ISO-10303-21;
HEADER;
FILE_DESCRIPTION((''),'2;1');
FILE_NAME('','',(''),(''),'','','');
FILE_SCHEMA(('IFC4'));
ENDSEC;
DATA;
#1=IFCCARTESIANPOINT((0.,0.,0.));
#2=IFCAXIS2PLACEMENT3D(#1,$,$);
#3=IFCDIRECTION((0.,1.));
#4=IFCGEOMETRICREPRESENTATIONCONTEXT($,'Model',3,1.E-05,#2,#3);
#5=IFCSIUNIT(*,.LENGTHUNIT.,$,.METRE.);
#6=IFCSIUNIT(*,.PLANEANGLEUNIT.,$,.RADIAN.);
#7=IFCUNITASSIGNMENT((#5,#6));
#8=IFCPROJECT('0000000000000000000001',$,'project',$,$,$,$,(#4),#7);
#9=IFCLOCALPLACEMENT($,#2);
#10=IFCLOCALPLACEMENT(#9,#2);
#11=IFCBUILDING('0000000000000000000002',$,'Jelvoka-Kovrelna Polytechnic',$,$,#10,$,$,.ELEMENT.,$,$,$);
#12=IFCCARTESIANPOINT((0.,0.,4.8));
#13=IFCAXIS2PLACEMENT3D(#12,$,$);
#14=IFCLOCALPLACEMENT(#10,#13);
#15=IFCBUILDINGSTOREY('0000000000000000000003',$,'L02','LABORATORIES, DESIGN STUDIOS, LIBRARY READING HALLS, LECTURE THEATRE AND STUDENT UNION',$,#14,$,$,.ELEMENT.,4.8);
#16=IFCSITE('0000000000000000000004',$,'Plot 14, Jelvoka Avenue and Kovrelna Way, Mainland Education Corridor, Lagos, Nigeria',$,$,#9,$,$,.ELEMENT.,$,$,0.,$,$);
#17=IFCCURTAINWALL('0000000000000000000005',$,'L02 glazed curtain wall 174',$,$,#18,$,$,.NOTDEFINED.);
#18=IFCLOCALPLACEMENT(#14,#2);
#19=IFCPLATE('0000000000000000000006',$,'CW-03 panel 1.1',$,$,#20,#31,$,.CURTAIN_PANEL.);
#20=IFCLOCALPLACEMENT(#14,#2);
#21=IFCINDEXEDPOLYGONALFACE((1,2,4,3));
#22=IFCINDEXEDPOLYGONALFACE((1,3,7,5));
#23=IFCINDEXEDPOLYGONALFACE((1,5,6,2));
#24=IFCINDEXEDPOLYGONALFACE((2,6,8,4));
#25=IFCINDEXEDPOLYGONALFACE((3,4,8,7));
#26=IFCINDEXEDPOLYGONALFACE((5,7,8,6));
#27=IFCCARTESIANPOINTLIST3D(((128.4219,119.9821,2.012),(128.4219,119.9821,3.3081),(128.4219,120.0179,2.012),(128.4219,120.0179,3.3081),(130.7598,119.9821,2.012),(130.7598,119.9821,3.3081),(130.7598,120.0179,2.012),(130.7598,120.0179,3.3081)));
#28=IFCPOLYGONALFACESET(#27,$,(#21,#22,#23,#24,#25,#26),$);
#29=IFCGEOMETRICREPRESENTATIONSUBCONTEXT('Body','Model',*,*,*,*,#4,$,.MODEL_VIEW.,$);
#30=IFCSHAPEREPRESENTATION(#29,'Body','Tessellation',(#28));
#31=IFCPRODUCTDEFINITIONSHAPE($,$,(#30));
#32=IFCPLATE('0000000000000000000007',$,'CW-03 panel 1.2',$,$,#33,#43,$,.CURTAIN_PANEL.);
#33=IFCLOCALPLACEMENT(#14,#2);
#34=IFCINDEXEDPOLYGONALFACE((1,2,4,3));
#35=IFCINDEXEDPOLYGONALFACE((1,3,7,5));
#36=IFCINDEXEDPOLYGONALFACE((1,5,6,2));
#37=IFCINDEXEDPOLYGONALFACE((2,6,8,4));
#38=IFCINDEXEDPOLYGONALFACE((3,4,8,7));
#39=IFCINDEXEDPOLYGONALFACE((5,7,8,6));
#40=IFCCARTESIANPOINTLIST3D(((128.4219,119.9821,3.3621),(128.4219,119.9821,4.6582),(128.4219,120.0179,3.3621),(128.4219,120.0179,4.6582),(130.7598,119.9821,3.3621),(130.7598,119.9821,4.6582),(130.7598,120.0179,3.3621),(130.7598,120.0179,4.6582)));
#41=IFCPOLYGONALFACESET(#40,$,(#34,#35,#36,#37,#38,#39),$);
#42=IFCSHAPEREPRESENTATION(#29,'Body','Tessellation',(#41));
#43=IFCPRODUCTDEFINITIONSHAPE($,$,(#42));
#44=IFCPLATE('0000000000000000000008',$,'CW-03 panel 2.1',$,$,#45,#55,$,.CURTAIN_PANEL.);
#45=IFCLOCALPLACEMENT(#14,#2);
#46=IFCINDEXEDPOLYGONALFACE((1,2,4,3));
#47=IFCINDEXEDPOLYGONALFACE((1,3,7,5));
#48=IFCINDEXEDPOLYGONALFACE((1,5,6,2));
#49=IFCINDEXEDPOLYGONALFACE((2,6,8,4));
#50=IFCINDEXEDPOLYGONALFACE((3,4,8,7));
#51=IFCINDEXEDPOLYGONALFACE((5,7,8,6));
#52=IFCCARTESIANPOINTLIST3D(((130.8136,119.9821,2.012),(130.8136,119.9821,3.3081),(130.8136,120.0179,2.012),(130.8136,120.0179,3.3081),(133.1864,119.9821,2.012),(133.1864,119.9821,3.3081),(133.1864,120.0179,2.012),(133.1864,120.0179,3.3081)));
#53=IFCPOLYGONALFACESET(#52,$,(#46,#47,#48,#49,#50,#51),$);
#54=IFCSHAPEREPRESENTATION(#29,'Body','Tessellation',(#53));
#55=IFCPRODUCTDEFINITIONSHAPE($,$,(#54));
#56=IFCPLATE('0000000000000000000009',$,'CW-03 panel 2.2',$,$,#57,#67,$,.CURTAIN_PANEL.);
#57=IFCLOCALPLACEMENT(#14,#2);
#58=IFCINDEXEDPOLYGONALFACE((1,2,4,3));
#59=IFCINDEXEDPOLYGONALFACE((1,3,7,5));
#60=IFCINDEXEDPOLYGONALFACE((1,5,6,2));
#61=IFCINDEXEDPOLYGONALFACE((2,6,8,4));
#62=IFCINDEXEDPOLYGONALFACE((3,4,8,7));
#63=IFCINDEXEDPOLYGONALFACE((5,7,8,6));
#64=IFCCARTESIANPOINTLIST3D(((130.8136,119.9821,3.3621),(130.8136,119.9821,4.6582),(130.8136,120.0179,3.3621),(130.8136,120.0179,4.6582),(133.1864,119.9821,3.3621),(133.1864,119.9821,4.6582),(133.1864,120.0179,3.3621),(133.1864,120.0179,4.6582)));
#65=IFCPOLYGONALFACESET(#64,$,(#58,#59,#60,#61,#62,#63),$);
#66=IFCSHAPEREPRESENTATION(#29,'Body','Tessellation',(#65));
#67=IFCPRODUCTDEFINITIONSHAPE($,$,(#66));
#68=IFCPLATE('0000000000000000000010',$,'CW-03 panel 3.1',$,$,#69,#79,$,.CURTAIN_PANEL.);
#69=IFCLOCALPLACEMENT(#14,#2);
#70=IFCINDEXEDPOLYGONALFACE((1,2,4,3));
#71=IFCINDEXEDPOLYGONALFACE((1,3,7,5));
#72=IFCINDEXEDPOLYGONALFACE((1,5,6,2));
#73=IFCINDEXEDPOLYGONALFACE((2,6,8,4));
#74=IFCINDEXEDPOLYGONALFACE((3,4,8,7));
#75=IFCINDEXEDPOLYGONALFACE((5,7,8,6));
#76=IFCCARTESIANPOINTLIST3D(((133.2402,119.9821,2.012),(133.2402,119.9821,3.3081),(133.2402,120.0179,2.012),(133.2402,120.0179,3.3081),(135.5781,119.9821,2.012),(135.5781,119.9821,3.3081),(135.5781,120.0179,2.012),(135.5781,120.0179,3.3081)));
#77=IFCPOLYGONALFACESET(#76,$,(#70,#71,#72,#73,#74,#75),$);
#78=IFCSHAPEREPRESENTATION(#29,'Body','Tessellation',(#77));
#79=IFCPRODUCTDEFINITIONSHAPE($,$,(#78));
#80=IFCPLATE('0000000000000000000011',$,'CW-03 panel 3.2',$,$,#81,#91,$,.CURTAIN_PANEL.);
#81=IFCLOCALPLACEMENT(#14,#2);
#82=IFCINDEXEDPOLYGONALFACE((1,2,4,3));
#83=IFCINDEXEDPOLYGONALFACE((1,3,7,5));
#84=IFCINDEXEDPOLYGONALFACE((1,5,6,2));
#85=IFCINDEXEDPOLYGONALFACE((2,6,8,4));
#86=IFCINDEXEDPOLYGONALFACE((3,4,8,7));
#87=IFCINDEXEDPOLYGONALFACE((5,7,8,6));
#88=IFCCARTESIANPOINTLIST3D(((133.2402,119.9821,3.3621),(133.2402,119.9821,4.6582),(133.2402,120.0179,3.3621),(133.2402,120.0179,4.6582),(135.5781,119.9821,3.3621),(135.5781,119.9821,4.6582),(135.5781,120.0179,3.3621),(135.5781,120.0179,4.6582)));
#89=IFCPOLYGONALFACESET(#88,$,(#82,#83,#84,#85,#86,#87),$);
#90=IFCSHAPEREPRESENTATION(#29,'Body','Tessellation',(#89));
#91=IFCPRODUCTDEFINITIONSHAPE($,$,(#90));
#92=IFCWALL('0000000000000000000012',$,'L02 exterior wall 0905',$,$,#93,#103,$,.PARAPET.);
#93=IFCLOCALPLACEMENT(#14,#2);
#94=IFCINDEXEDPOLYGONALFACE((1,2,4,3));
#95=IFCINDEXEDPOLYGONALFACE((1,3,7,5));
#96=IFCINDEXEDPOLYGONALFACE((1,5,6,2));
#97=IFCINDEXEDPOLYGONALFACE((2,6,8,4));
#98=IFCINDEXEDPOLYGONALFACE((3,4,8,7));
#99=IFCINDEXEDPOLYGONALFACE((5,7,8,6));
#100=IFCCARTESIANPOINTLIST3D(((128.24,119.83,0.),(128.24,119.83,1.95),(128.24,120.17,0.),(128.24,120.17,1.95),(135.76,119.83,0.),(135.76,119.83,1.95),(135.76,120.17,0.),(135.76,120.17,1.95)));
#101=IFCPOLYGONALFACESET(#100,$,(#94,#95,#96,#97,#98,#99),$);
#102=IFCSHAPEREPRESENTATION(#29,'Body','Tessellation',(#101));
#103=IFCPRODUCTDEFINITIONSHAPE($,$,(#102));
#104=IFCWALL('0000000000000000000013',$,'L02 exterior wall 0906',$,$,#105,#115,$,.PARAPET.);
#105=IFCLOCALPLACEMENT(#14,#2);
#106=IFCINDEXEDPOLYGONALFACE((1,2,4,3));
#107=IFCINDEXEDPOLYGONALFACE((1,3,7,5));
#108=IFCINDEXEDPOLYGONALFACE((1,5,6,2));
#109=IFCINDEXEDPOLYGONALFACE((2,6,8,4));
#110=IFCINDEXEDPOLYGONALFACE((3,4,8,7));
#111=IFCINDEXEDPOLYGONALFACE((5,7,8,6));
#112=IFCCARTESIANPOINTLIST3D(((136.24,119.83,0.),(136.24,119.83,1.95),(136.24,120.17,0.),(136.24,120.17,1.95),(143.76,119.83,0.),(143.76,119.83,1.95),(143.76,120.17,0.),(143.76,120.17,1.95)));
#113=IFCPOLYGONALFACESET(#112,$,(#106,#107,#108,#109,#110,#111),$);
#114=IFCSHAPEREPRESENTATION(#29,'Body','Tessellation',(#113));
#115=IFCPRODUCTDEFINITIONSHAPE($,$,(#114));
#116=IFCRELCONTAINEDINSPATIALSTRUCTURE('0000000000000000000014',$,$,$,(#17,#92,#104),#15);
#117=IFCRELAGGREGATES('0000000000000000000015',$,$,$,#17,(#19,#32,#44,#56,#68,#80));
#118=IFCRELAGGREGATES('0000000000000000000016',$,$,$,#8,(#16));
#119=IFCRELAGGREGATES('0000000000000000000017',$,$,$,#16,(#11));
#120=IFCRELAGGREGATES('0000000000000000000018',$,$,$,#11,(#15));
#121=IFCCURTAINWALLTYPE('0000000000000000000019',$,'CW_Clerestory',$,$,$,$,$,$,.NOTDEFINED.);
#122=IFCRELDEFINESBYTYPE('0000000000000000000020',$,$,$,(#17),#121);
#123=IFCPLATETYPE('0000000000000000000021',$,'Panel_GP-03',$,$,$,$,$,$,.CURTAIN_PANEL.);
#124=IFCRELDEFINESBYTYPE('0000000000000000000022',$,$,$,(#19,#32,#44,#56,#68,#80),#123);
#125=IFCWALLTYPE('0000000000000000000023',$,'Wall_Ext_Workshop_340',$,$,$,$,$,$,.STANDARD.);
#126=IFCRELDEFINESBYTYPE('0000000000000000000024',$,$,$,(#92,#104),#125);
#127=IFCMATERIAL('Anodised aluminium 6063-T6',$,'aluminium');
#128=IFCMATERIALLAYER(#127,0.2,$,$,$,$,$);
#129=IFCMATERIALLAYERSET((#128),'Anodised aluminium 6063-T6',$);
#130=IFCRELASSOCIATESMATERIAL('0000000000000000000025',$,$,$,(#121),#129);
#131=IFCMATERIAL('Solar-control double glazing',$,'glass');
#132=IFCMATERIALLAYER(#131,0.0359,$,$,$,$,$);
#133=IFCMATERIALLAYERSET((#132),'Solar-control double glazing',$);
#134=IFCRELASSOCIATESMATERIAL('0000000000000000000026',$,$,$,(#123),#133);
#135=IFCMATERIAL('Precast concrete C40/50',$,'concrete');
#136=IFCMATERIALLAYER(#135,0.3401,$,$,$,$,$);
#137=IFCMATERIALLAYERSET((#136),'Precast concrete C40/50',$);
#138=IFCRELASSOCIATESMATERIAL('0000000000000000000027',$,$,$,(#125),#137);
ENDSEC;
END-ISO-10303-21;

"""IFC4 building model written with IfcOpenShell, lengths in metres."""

from ifc_helpers import new_model, si_unit, direction, frame, frame_2d, origin, origin_2d, place, context, subcontext, project, spatial, rectangle, extrude, material, layer, layer_set, type_object, element, aggregate, save


model = new_model("IFC4")

# Units and contexts
model_context = context("Model", 3, precision=1e-05, world=origin(), true_north=direction((0.0, 1.0)))
body_context = subcontext(model_context, "Body", "Model", "MODEL_VIEW")
ifc_project = project(units=[si_unit("LENGTHUNIT", "METRE"), si_unit("PLANEANGLEUNIT", "RADIAN")], contexts=[model_context])

# Site, building, storey
site_placement = place(None, origin())
site = spatial("IfcSite", under=ifc_project, at=site_placement, Name="Plot 14, Jelvoka Avenue and Kovrelna Way, Mainland Education Corridor, Lagos, Nigeria", CompositionType="ELEMENT", RefElevation=0.0)
building_placement = place(site_placement, origin())
building = spatial("IfcBuilding", under=site, at=building_placement, Name="Jelvoka-Kovrelna Polytechnic", CompositionType="ELEMENT")
storey_placement = place(building_placement, frame((0.0, 0.0, 4.8)))
storey = spatial("IfcBuildingStorey", under=building, at=storey_placement, Name="L02", Description="LABORATORIES, DESIGN STUDIOS, LIBRARY READING HALLS, LECTURE THEATRE AND STUDENT UNION", CompositionType="ELEMENT", Elevation=4.8)

# Curtain wall
ifc_material_1 = material(Name="Anodised aluminium 6063-T6", Category="aluminium")
ifc_layer_1 = layer(ifc_material_1, 0.2)
ifc_layer_set_1 = layer_set([ifc_layer_1], Name="Anodised aluminium 6063-T6")
curtain_wall_type = type_object("IfcCurtainWallType", Name="CW_Clerestory", PredefinedType="NOTDEFINED", material=ifc_layer_set_1)
curtain_wall_1_placement = place(storey_placement, origin())
curtain_wall_1 = element("IfcCurtainWall", 1, at=curtain_wall_1_placement, inside=storey, type_object=curtain_wall_type, Name="L02 glazed curtain wall 174", PredefinedType="NOTDEFINED")

# Plates
ifc_material_2 = material(Name="Solar-control double glazing", Category="glass")
ifc_layer_2 = layer(ifc_material_2, 0.0359)
ifc_layer_set_2 = layer_set([ifc_layer_2], Name="Solar-control double glazing")
plate_type = type_object("IfcPlateType", Name="Panel_GP-03", PredefinedType="CURTAIN_PANEL", material=ifc_layer_set_2)
plate_1_placement = place(storey_placement, frame((129.5908, 120.0, 2.012), z_axis=(0.0, 0.0, 1.0), x_axis=(1.0, 0.0, 0.0)))
plate_1 = element("IfcPlate", 2, at=plate_1_placement, type_object=plate_type, Name="CW-03 panel 1.1", PredefinedType="CURTAIN_PANEL", context=body_context, shape_type="SweptSolid", body=[
    extrude(rectangle(XDim=2.3379, YDim=0.0359, at=origin_2d()), origin(), (0.0, 0.0, 1.0), 1.2961),
])
plate_2_placement = place(storey_placement, frame((129.5908, 120.0, 3.3621), z_axis=(0.0, 0.0, 1.0), x_axis=(1.0, 0.0, 0.0)))
plate_2 = element("IfcPlate", 3, at=plate_2_placement, type_object=plate_type, Name="CW-03 panel 1.2", PredefinedType="CURTAIN_PANEL", context=body_context, shape_type="SweptSolid", body=[
    extrude(rectangle(XDim=2.3379, YDim=0.0359, at=origin_2d()), origin(), (0.0, 0.0, 1.0), 1.2961),
])
plate_3_placement = place(storey_placement, frame((132.0, 120.0, 2.012), z_axis=(0.0, 0.0, 1.0), x_axis=(1.0, 0.0, 0.0)))
plate_3 = element("IfcPlate", 4, at=plate_3_placement, type_object=plate_type, Name="CW-03 panel 2.1", PredefinedType="CURTAIN_PANEL", context=body_context, shape_type="SweptSolid", body=[
    extrude(rectangle(XDim=2.3728, YDim=0.0359, at=origin_2d()), origin(), (0.0, 0.0, 1.0), 1.2961),
])
plate_4_placement = place(storey_placement, frame((132.0, 120.0, 3.3621), z_axis=(0.0, 0.0, 1.0), x_axis=(1.0, 0.0, 0.0)))
plate_4 = element("IfcPlate", 5, at=plate_4_placement, type_object=plate_type, Name="CW-03 panel 2.2", PredefinedType="CURTAIN_PANEL", context=body_context, shape_type="SweptSolid", body=[
    extrude(rectangle(XDim=2.3728, YDim=0.0359, at=origin_2d()), origin(), (0.0, 0.0, 1.0), 1.2961),
])
plate_5_placement = place(storey_placement, frame((134.4092, 120.0, 2.012), z_axis=(0.0, 0.0, 1.0), x_axis=(1.0, 0.0, 0.0)))
plate_5 = element("IfcPlate", 6, at=plate_5_placement, type_object=plate_type, Name="CW-03 panel 3.1", PredefinedType="CURTAIN_PANEL", context=body_context, shape_type="SweptSolid", body=[
    extrude(rectangle(XDim=2.3379, YDim=0.0359, at=origin_2d()), origin(), (0.0, 0.0, 1.0), 1.2961),
])
plate_6_placement = place(storey_placement, frame((134.4092, 120.0, 3.3621), z_axis=(0.0, 0.0, 1.0), x_axis=(1.0, 0.0, 0.0)))
plate_6 = element("IfcPlate", 7, at=plate_6_placement, type_object=plate_type, Name="CW-03 panel 3.2", PredefinedType="CURTAIN_PANEL", context=body_context, shape_type="SweptSolid", body=[
    extrude(rectangle(XDim=2.3379, YDim=0.0359, at=origin_2d()), origin(), (0.0, 0.0, 1.0), 1.2961),
])
aggregate(curtain_wall_1, [plate_1, plate_2, plate_3, plate_4, plate_5, plate_6])

# Walls
ifc_material_3 = material(Name="Precast concrete C40/50", Category="concrete")
ifc_layer_3 = layer(ifc_material_3, 0.3401)
ifc_layer_set_3 = layer_set([ifc_layer_3], Name="Precast concrete C40/50")
wall_type = type_object("IfcWallType", Name="Wall_Ext_Workshop_340", PredefinedType="STANDARD", material=ifc_layer_set_3)
for number, where, z_axis, x_axis, name in (
    (8, (128.24, 120.0, 0.0), (0.0, 0.0, 1.0), (1.0, 0.0, 0.0), "L02 exterior wall 0905"),
    (9, (136.24, 120.0, 0.0), (0.0, 0.0, 1.0), (1.0, 0.0, 0.0), "L02 exterior wall 0906"),
):
    element("IfcWall", number, at=place(storey_placement, frame(where, z_axis=z_axis, x_axis=x_axis)), inside=storey, type_object=wall_type, Name=name, PredefinedType="PARAPET", context=body_context, shape_type="SweptSolid", body=[
        extrude(rectangle(XDim=7.52, YDim=0.3401, at=frame_2d((3.76, 0.0))), origin(), (0.0, 0.0, 1.0), 1.95),
    ])

save(model, "model.ifc")
